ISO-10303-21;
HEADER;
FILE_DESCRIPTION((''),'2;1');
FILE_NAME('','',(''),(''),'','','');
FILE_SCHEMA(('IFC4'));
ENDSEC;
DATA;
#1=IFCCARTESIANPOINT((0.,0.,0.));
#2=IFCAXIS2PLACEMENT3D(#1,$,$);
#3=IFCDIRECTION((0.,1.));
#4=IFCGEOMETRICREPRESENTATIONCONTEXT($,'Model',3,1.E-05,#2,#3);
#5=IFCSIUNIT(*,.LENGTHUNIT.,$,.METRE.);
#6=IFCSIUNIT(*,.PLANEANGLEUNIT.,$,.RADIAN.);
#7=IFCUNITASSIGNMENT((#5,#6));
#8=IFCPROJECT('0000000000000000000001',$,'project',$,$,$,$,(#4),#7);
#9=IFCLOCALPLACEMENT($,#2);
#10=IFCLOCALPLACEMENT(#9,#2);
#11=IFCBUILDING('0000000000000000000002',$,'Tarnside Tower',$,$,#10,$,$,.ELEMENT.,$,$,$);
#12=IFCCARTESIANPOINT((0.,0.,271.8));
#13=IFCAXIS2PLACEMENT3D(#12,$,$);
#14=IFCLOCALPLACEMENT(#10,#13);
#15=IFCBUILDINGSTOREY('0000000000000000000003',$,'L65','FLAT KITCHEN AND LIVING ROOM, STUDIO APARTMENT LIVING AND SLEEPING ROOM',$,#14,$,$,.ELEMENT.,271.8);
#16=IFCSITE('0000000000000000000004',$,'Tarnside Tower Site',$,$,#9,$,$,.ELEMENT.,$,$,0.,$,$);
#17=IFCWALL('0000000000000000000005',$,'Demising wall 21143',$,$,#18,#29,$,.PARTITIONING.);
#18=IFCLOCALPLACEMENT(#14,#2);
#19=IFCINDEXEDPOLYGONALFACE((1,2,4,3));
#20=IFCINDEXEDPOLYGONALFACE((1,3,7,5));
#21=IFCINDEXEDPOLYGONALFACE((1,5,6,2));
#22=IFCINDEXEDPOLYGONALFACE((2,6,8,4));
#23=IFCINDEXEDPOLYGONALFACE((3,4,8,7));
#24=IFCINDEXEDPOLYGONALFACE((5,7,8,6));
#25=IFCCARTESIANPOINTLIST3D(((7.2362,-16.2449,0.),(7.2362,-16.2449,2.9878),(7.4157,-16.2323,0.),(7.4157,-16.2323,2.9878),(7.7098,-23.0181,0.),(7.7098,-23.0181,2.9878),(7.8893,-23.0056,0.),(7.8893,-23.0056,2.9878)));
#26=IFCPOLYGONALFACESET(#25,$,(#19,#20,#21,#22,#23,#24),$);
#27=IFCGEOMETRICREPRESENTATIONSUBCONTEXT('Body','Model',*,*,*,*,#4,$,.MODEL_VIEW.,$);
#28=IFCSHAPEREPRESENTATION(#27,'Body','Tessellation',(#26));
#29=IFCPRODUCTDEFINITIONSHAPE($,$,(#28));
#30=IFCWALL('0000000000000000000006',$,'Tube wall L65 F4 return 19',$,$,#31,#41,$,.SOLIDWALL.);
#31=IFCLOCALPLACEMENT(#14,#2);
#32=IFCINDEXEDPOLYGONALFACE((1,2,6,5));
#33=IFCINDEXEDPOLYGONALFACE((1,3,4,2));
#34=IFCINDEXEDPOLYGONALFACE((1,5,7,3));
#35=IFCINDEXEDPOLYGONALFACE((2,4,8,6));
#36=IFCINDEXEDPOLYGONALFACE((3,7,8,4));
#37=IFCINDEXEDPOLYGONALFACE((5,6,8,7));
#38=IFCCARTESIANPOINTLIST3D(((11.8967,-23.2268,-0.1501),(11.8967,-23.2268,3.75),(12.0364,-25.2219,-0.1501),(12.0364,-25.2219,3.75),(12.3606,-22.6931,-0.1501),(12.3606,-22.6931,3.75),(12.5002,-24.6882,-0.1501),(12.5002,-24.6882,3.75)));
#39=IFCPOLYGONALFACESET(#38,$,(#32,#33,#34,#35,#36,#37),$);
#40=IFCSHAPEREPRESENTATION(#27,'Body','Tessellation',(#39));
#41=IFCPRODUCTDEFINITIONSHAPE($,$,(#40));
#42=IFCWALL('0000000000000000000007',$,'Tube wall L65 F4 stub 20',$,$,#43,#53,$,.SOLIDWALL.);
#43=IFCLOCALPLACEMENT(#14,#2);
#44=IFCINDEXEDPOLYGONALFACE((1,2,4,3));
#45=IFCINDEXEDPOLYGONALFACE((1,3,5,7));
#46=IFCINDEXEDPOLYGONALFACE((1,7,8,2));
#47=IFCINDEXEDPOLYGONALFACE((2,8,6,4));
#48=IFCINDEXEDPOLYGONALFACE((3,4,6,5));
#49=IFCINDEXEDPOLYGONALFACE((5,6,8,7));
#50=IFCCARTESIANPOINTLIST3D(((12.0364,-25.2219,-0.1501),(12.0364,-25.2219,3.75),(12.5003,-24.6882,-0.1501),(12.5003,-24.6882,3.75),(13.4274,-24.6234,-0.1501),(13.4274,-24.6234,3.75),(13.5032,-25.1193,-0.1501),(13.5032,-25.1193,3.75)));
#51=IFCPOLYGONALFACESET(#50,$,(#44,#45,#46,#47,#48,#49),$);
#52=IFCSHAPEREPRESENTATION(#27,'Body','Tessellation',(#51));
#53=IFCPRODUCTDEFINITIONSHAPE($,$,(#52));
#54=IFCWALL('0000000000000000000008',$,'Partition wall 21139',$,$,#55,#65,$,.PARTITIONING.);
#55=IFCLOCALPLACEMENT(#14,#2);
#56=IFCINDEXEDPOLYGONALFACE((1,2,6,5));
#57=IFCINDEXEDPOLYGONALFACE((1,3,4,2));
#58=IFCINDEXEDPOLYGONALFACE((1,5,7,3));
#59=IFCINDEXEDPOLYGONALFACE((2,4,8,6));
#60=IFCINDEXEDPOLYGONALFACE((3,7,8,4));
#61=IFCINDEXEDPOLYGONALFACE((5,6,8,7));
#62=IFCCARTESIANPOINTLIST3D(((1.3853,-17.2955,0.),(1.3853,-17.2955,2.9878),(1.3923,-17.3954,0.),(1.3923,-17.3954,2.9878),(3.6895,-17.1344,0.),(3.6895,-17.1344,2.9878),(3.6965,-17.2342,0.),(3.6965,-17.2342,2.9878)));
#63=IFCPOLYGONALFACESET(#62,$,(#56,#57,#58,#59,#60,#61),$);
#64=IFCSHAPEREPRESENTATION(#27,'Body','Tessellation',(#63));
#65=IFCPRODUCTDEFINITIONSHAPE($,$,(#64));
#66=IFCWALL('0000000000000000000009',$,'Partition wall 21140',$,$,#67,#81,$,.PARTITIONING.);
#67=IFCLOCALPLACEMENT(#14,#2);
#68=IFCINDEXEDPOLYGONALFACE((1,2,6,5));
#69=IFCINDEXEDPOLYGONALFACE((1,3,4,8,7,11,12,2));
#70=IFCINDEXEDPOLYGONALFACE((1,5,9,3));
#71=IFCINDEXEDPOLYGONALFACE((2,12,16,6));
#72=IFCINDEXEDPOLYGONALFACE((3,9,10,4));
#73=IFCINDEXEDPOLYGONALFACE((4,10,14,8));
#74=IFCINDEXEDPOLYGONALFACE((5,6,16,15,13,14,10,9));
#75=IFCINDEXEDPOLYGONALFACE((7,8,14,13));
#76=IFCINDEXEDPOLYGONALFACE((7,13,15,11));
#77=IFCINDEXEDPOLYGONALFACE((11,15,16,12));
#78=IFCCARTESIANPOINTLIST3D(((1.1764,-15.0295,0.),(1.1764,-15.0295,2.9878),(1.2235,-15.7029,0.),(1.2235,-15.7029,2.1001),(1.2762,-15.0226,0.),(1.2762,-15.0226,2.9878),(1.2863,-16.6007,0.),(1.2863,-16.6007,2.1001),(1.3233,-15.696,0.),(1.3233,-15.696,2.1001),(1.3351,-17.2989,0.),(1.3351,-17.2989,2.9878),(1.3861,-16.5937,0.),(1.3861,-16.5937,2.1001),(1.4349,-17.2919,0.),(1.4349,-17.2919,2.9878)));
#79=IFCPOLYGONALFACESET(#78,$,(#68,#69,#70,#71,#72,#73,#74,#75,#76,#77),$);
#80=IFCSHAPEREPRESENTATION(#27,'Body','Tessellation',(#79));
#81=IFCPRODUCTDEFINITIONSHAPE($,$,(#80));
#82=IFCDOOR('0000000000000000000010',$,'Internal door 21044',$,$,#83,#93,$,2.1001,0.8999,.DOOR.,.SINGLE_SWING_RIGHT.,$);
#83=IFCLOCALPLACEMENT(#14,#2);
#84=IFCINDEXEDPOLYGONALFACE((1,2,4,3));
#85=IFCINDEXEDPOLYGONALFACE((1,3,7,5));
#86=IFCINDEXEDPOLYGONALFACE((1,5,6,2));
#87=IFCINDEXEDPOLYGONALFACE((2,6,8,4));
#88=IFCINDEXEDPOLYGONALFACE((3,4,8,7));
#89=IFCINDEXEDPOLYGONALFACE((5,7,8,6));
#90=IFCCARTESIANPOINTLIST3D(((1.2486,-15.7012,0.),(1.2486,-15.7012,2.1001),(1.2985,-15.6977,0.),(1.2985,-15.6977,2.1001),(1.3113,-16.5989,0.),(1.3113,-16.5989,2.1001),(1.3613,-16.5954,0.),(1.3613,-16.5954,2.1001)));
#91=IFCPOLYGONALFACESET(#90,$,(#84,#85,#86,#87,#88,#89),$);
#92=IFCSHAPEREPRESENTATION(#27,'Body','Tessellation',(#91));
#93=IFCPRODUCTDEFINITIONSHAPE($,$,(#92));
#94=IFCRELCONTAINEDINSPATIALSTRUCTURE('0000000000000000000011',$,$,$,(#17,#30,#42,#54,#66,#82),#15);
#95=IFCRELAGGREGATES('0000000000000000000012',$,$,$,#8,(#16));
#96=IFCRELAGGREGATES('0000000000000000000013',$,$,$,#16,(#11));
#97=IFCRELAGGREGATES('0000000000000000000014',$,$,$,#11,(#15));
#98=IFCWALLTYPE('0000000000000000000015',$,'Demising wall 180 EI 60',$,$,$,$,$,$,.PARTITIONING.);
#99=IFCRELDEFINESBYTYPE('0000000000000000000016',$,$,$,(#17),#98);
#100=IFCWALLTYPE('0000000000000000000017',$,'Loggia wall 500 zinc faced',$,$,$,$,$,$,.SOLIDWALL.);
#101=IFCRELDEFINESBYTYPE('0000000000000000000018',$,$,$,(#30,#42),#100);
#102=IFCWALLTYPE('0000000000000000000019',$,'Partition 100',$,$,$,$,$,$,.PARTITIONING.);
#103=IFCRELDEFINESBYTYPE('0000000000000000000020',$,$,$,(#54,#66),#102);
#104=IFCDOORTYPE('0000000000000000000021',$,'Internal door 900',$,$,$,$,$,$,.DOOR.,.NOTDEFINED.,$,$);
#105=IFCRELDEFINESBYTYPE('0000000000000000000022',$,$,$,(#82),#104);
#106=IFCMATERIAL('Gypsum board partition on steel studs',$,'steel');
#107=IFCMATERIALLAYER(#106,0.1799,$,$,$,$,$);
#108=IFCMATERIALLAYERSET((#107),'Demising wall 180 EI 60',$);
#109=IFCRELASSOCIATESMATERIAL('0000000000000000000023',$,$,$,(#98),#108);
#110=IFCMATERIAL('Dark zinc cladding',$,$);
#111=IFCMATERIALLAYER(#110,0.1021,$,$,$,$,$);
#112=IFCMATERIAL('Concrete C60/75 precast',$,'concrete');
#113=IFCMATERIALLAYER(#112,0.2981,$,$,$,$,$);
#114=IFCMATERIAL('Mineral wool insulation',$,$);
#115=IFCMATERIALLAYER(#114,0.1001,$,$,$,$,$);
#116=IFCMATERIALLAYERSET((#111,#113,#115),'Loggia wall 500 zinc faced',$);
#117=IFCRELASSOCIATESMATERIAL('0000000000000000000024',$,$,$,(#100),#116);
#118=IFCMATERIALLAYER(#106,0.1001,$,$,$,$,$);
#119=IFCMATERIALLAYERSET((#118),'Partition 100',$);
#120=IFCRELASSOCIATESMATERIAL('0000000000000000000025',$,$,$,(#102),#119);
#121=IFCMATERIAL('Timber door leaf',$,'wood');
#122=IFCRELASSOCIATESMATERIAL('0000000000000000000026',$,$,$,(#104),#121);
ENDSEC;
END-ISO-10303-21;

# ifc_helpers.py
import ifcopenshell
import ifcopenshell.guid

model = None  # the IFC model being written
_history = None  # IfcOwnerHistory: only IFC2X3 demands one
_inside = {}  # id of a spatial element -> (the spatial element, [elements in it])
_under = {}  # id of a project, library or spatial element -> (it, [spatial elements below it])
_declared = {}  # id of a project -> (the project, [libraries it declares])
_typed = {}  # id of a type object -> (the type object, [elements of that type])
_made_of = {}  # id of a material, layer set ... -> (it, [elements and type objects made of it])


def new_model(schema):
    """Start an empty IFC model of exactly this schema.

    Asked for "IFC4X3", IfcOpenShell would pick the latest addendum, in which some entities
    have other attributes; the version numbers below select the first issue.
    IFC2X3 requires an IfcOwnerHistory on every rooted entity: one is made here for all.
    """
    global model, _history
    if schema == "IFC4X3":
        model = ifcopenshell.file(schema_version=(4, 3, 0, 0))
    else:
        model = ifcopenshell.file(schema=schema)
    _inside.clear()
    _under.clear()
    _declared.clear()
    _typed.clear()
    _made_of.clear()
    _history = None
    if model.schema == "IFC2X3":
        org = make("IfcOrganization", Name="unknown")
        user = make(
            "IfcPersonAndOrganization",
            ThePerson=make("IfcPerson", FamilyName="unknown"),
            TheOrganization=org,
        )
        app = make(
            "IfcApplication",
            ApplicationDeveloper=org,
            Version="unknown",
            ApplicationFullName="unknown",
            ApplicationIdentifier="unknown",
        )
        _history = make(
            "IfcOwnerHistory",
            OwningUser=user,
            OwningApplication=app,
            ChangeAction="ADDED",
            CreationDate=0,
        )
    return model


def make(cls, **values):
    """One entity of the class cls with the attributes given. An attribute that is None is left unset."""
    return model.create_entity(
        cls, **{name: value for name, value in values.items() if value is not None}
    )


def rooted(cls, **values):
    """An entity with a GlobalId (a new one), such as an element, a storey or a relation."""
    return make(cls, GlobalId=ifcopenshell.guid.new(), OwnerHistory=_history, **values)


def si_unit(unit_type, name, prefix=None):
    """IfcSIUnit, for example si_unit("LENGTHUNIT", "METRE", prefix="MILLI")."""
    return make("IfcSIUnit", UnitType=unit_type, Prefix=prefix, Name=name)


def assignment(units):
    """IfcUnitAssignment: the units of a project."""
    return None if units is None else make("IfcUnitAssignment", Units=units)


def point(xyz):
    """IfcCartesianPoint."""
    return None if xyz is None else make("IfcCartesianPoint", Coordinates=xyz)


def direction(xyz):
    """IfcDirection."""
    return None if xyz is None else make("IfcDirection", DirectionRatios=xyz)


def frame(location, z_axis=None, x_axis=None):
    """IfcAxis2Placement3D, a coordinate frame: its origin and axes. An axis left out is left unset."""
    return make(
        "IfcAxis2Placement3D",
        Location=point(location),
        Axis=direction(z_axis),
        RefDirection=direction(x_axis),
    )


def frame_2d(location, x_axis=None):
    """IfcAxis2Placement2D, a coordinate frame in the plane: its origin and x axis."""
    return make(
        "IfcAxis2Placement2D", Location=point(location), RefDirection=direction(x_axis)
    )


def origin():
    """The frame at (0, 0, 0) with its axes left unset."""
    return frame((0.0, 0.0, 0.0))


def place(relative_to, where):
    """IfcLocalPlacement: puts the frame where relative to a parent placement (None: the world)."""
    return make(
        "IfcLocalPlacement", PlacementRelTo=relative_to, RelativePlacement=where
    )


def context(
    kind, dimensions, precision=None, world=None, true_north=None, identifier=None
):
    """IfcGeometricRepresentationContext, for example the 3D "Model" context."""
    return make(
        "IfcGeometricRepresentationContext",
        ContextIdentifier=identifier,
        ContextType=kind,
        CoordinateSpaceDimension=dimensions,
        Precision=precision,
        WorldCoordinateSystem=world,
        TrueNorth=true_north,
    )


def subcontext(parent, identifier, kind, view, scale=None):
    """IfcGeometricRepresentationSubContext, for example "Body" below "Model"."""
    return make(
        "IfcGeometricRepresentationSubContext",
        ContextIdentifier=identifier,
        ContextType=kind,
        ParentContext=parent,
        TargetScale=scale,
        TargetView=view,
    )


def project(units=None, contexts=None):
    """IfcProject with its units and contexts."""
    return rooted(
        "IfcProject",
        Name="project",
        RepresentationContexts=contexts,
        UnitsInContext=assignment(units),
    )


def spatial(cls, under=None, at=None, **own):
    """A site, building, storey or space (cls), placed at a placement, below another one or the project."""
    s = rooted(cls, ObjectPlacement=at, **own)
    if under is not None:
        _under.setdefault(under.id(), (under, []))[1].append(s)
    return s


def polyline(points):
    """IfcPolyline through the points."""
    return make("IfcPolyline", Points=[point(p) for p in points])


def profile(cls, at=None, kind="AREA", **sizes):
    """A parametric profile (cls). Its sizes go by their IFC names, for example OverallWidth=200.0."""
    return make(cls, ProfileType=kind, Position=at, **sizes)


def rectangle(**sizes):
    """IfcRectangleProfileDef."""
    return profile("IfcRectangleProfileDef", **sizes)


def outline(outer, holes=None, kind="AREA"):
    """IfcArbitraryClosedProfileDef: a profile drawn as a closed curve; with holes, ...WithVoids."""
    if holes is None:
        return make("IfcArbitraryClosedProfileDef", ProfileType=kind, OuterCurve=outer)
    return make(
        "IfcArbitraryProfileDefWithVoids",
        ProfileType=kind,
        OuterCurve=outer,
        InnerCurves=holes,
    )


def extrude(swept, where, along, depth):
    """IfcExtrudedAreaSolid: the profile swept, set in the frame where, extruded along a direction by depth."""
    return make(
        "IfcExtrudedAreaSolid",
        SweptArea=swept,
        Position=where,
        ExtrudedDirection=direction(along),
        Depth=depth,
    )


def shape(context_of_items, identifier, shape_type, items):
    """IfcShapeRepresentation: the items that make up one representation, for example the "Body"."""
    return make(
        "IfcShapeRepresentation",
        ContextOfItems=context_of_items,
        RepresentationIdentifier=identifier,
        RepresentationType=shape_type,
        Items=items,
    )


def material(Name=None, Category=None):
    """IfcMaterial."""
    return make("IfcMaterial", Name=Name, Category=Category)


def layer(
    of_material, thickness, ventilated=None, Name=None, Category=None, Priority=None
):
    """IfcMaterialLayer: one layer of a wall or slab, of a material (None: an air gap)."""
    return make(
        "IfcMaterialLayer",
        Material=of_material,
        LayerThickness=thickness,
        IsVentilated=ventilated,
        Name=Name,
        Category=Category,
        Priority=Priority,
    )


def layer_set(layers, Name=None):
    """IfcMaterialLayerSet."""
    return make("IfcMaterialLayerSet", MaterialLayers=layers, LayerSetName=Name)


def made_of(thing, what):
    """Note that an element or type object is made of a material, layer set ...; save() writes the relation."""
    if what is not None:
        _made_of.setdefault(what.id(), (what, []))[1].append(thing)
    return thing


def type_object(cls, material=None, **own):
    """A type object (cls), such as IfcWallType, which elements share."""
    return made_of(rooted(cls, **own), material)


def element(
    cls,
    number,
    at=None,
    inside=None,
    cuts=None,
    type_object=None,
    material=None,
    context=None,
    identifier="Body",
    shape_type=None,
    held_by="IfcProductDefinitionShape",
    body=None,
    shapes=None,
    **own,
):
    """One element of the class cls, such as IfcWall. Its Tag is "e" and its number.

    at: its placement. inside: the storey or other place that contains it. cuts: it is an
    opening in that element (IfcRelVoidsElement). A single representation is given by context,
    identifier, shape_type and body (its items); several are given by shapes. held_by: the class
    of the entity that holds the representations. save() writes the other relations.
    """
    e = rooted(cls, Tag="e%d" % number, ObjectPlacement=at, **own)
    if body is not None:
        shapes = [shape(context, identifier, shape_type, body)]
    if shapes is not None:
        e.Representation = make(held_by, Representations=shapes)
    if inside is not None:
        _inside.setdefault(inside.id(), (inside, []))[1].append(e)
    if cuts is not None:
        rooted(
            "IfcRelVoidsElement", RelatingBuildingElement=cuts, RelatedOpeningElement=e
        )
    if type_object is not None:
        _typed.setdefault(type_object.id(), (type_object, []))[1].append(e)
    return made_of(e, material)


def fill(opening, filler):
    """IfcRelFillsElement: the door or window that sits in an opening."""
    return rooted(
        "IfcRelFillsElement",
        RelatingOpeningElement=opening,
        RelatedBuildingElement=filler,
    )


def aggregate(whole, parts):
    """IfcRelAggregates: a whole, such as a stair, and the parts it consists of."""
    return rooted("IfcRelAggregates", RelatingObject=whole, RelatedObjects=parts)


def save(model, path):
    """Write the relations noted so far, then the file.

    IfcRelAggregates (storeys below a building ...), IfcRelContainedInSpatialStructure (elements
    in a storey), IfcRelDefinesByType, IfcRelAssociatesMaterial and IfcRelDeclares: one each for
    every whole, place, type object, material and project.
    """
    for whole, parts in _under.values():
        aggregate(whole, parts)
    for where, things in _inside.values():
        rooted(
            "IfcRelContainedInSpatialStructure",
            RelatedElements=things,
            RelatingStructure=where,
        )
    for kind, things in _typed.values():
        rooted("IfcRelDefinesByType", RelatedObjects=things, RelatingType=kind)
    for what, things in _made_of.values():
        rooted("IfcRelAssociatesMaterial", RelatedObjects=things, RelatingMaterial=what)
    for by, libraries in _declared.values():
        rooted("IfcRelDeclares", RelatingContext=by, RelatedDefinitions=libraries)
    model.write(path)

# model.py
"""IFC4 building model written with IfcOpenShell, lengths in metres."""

from ifc_helpers import new_model, si_unit, direction, frame, frame_2d, origin, place, context, subcontext, project, spatial, polyline, rectangle, outline, extrude, material, layer, layer_set, type_object, element, fill, save


model = new_model("IFC4")

# Units and contexts
model_context = context("Model", 3, precision=1e-05, world=origin(), true_north=direction((0.0, 1.0)))
body_context = subcontext(model_context, "Body", "Model", "MODEL_VIEW")
ifc_project = project(units=[si_unit("LENGTHUNIT", "METRE"), si_unit("PLANEANGLEUNIT", "RADIAN")], contexts=[model_context])

# Site, building, storey
site_placement = place(None, origin())
site = spatial("IfcSite", under=ifc_project, at=site_placement, Name="Tarnside Tower Site", CompositionType="ELEMENT", RefElevation=0.0)
building_placement = place(site_placement, origin())
building = spatial("IfcBuilding", under=site, at=building_placement, Name="Tarnside Tower", CompositionType="ELEMENT")
storey_placement = place(building_placement, frame((0.0, 0.0, 271.8)))
storey = spatial("IfcBuildingStorey", under=building, at=storey_placement, Name="L65", Description="FLAT KITCHEN AND LIVING ROOM, STUDIO APARTMENT LIVING AND SLEEPING ROOM", CompositionType="ELEMENT", Elevation=271.8)

# Shared definitions
ifc_material_1 = material(Name="Gypsum board partition on steel studs", Category="steel")
ifc_material_2 = material(Name="Timber door leaf", Category="wood")

# Walls
ifc_layer_1 = layer(ifc_material_1, 0.1799)
ifc_layer_set_1 = layer_set([ifc_layer_1], Name="Demising wall 180 EI 60")
wall_type_1 = type_object("IfcWallType", Name="Demising wall 180 EI 60", PredefinedType="PARTITIONING", material=ifc_layer_set_1)
wall_1_placement = place(storey_placement, frame((7.7996, -23.012, 0.0), z_axis=(0.0, 0.0, 1.0), x_axis=(-0.069757, 0.997564, 0.0)))
element("IfcWall", 1, at=wall_1_placement, inside=storey, type_object=wall_type_1, Name="Demising wall 21143", PredefinedType="PARTITIONING", context=body_context, shape_type="SweptSolid", body=[
    extrude(rectangle(XDim=6.7898, YDim=0.1799, at=frame_2d((3.395, 0.0))), origin(), (0.0, 0.0, 1.0), 2.9878),
])
ifc_material_3 = material(Name="Dark zinc cladding")
ifc_layer_2 = layer(ifc_material_3, 0.1021)
ifc_material_4 = material(Name="Concrete C60/75 precast", Category="concrete")
ifc_layer_3 = layer(ifc_material_4, 0.2981)
ifc_material_5 = material(Name="Mineral wool insulation")
ifc_layer_4 = layer(ifc_material_5, 0.1001)
ifc_layer_set_2 = layer_set([ifc_layer_2, ifc_layer_3, ifc_layer_4], Name="Loggia wall 500 zinc faced")
wall_type_2 = type_object("IfcWallType", Name="Loggia wall 500 zinc faced", PredefinedType="SOLIDWALL", material=ifc_layer_set_2)
wall_2_placement = place(storey_placement, frame((12.1287, -22.96, -0.1501), z_axis=(0.0, 0.0, 1.0), x_axis=(0.069824, -0.997559, 0.0)))
element("IfcWall", 2, at=wall_2_placement, inside=storey, type_object=wall_type_2, Name="Tube wall L65 F4 return 19", PredefinedType="SOLIDWALL", context=body_context, shape_type="SweptSolid", body=[
    extrude(outline(polyline([(0.25, -0.25), (2.25, -0.25), (1.75, 0.25), (-0.25, 0.25), (0.25, -0.25)])), origin(), (0.0, 0.0, 1.0), 3.9001),
])
wall_3_placement = place(storey_placement, frame((12.2683, -24.9551, -0.1501), z_axis=(0.0, 0.0, 1.0), x_axis=(0.997562, 0.069787, 0.0)))
element("IfcWall", 3, at=wall_3_placement, inside=storey, type_object=wall_type_2, Name="Tube wall L65 F4 stub 20", PredefinedType="SOLIDWALL", context=body_context, shape_type="SweptSolid", body=[
    extrude(outline(polyline([(-0.25, -0.25), (1.2205, -0.25), (1.1794, 0.25), (0.25, 0.25), (-0.25, -0.25)])), origin(), (0.0, 0.0, 1.0), 3.9001),
])
ifc_layer_5 = layer(ifc_material_1, 0.1001)
ifc_layer_set_3 = layer_set([ifc_layer_5], Name="Partition 100")
wall_type_3 = type_object("IfcWallType", Name="Partition 100", PredefinedType="PARTITIONING", material=ifc_layer_set_3)
wall_4_placement = place(storey_placement, frame((3.6929, -17.1843, 0.0), z_axis=(0.0, 0.0, 1.0), x_axis=(-0.997564, -0.06976, 0.0)))
element("IfcWall", 4, at=wall_4_placement, inside=storey, type_object=wall_type_3, Name="Partition wall 21139", PredefinedType="PARTITIONING", context=body_context, shape_type="SweptSolid", body=[
    extrude(rectangle(XDim=2.3098, YDim=0.1001, at=frame_2d((1.1548, 0.0))), origin(), (0.0, 0.0, 1.0), 2.9878),
])

# Wall, opening, door
wall_5_placement = place(storey_placement, frame((1.385, -17.2954, 0.0), z_axis=(0.0, 0.0, 1.0), x_axis=(-0.06976, 0.997564, 0.0)))
wall_5 = element("IfcWall", 5, at=wall_5_placement, inside=storey, type_object=wall_type_3, Name="Partition wall 21140", PredefinedType="PARTITIONING", context=body_context, shape_type="SweptSolid", body=[
    extrude(rectangle(XDim=2.2749, YDim=0.1001, at=frame_2d((1.1375, 0.0))), origin(), (0.0, 0.0, 1.0), 2.9878),
])
opening_1_placement = place(wall_5_placement, frame((0.7, 0.0, 0.0)))
opening_1 = element("IfcOpeningElement", 6, at=opening_1_placement, cuts=wall_5, PredefinedType="OPENING", context=body_context, shape_type="SweptSolid", body=[
    extrude(rectangle(XDim=0.8999, YDim=2.1001, at=frame_2d((0.45, 1.05))), frame((0.0, 0.0601, 0.0), z_axis=(0.0, -1.0, 0.0), x_axis=(1.0, 0.0, 0.0)), (0.0, 0.0, 1.0), 0.1201),
])
door_type_1 = type_object("IfcDoorType", Name="Internal door 900", OperationType="NOTDEFINED", PredefinedType="DOOR", material=ifc_material_2)
door_1_placement = place(opening_1_placement, origin())
door_1 = element("IfcDoor", 7, at=door_1_placement, inside=storey, type_object=door_type_1, Name="Internal door 21044", OperationType="SINGLE_SWING_RIGHT", OverallHeight=2.1001, OverallWidth=0.8999, PredefinedType="DOOR", context=body_context, shape_type="SweptSolid", body=[
    extrude(rectangle(XDim=0.8999, YDim=2.1001, at=frame_2d((0.45, 1.05))), frame((0.0, 0.0249, 0.0), z_axis=(0.0, -1.0, 0.0), x_axis=(1.0, 0.0, 0.0)), (0.0, 0.0, 1.0), 0.05),
])
fill(opening_1, door_1)

save(model, "model.ifc")
